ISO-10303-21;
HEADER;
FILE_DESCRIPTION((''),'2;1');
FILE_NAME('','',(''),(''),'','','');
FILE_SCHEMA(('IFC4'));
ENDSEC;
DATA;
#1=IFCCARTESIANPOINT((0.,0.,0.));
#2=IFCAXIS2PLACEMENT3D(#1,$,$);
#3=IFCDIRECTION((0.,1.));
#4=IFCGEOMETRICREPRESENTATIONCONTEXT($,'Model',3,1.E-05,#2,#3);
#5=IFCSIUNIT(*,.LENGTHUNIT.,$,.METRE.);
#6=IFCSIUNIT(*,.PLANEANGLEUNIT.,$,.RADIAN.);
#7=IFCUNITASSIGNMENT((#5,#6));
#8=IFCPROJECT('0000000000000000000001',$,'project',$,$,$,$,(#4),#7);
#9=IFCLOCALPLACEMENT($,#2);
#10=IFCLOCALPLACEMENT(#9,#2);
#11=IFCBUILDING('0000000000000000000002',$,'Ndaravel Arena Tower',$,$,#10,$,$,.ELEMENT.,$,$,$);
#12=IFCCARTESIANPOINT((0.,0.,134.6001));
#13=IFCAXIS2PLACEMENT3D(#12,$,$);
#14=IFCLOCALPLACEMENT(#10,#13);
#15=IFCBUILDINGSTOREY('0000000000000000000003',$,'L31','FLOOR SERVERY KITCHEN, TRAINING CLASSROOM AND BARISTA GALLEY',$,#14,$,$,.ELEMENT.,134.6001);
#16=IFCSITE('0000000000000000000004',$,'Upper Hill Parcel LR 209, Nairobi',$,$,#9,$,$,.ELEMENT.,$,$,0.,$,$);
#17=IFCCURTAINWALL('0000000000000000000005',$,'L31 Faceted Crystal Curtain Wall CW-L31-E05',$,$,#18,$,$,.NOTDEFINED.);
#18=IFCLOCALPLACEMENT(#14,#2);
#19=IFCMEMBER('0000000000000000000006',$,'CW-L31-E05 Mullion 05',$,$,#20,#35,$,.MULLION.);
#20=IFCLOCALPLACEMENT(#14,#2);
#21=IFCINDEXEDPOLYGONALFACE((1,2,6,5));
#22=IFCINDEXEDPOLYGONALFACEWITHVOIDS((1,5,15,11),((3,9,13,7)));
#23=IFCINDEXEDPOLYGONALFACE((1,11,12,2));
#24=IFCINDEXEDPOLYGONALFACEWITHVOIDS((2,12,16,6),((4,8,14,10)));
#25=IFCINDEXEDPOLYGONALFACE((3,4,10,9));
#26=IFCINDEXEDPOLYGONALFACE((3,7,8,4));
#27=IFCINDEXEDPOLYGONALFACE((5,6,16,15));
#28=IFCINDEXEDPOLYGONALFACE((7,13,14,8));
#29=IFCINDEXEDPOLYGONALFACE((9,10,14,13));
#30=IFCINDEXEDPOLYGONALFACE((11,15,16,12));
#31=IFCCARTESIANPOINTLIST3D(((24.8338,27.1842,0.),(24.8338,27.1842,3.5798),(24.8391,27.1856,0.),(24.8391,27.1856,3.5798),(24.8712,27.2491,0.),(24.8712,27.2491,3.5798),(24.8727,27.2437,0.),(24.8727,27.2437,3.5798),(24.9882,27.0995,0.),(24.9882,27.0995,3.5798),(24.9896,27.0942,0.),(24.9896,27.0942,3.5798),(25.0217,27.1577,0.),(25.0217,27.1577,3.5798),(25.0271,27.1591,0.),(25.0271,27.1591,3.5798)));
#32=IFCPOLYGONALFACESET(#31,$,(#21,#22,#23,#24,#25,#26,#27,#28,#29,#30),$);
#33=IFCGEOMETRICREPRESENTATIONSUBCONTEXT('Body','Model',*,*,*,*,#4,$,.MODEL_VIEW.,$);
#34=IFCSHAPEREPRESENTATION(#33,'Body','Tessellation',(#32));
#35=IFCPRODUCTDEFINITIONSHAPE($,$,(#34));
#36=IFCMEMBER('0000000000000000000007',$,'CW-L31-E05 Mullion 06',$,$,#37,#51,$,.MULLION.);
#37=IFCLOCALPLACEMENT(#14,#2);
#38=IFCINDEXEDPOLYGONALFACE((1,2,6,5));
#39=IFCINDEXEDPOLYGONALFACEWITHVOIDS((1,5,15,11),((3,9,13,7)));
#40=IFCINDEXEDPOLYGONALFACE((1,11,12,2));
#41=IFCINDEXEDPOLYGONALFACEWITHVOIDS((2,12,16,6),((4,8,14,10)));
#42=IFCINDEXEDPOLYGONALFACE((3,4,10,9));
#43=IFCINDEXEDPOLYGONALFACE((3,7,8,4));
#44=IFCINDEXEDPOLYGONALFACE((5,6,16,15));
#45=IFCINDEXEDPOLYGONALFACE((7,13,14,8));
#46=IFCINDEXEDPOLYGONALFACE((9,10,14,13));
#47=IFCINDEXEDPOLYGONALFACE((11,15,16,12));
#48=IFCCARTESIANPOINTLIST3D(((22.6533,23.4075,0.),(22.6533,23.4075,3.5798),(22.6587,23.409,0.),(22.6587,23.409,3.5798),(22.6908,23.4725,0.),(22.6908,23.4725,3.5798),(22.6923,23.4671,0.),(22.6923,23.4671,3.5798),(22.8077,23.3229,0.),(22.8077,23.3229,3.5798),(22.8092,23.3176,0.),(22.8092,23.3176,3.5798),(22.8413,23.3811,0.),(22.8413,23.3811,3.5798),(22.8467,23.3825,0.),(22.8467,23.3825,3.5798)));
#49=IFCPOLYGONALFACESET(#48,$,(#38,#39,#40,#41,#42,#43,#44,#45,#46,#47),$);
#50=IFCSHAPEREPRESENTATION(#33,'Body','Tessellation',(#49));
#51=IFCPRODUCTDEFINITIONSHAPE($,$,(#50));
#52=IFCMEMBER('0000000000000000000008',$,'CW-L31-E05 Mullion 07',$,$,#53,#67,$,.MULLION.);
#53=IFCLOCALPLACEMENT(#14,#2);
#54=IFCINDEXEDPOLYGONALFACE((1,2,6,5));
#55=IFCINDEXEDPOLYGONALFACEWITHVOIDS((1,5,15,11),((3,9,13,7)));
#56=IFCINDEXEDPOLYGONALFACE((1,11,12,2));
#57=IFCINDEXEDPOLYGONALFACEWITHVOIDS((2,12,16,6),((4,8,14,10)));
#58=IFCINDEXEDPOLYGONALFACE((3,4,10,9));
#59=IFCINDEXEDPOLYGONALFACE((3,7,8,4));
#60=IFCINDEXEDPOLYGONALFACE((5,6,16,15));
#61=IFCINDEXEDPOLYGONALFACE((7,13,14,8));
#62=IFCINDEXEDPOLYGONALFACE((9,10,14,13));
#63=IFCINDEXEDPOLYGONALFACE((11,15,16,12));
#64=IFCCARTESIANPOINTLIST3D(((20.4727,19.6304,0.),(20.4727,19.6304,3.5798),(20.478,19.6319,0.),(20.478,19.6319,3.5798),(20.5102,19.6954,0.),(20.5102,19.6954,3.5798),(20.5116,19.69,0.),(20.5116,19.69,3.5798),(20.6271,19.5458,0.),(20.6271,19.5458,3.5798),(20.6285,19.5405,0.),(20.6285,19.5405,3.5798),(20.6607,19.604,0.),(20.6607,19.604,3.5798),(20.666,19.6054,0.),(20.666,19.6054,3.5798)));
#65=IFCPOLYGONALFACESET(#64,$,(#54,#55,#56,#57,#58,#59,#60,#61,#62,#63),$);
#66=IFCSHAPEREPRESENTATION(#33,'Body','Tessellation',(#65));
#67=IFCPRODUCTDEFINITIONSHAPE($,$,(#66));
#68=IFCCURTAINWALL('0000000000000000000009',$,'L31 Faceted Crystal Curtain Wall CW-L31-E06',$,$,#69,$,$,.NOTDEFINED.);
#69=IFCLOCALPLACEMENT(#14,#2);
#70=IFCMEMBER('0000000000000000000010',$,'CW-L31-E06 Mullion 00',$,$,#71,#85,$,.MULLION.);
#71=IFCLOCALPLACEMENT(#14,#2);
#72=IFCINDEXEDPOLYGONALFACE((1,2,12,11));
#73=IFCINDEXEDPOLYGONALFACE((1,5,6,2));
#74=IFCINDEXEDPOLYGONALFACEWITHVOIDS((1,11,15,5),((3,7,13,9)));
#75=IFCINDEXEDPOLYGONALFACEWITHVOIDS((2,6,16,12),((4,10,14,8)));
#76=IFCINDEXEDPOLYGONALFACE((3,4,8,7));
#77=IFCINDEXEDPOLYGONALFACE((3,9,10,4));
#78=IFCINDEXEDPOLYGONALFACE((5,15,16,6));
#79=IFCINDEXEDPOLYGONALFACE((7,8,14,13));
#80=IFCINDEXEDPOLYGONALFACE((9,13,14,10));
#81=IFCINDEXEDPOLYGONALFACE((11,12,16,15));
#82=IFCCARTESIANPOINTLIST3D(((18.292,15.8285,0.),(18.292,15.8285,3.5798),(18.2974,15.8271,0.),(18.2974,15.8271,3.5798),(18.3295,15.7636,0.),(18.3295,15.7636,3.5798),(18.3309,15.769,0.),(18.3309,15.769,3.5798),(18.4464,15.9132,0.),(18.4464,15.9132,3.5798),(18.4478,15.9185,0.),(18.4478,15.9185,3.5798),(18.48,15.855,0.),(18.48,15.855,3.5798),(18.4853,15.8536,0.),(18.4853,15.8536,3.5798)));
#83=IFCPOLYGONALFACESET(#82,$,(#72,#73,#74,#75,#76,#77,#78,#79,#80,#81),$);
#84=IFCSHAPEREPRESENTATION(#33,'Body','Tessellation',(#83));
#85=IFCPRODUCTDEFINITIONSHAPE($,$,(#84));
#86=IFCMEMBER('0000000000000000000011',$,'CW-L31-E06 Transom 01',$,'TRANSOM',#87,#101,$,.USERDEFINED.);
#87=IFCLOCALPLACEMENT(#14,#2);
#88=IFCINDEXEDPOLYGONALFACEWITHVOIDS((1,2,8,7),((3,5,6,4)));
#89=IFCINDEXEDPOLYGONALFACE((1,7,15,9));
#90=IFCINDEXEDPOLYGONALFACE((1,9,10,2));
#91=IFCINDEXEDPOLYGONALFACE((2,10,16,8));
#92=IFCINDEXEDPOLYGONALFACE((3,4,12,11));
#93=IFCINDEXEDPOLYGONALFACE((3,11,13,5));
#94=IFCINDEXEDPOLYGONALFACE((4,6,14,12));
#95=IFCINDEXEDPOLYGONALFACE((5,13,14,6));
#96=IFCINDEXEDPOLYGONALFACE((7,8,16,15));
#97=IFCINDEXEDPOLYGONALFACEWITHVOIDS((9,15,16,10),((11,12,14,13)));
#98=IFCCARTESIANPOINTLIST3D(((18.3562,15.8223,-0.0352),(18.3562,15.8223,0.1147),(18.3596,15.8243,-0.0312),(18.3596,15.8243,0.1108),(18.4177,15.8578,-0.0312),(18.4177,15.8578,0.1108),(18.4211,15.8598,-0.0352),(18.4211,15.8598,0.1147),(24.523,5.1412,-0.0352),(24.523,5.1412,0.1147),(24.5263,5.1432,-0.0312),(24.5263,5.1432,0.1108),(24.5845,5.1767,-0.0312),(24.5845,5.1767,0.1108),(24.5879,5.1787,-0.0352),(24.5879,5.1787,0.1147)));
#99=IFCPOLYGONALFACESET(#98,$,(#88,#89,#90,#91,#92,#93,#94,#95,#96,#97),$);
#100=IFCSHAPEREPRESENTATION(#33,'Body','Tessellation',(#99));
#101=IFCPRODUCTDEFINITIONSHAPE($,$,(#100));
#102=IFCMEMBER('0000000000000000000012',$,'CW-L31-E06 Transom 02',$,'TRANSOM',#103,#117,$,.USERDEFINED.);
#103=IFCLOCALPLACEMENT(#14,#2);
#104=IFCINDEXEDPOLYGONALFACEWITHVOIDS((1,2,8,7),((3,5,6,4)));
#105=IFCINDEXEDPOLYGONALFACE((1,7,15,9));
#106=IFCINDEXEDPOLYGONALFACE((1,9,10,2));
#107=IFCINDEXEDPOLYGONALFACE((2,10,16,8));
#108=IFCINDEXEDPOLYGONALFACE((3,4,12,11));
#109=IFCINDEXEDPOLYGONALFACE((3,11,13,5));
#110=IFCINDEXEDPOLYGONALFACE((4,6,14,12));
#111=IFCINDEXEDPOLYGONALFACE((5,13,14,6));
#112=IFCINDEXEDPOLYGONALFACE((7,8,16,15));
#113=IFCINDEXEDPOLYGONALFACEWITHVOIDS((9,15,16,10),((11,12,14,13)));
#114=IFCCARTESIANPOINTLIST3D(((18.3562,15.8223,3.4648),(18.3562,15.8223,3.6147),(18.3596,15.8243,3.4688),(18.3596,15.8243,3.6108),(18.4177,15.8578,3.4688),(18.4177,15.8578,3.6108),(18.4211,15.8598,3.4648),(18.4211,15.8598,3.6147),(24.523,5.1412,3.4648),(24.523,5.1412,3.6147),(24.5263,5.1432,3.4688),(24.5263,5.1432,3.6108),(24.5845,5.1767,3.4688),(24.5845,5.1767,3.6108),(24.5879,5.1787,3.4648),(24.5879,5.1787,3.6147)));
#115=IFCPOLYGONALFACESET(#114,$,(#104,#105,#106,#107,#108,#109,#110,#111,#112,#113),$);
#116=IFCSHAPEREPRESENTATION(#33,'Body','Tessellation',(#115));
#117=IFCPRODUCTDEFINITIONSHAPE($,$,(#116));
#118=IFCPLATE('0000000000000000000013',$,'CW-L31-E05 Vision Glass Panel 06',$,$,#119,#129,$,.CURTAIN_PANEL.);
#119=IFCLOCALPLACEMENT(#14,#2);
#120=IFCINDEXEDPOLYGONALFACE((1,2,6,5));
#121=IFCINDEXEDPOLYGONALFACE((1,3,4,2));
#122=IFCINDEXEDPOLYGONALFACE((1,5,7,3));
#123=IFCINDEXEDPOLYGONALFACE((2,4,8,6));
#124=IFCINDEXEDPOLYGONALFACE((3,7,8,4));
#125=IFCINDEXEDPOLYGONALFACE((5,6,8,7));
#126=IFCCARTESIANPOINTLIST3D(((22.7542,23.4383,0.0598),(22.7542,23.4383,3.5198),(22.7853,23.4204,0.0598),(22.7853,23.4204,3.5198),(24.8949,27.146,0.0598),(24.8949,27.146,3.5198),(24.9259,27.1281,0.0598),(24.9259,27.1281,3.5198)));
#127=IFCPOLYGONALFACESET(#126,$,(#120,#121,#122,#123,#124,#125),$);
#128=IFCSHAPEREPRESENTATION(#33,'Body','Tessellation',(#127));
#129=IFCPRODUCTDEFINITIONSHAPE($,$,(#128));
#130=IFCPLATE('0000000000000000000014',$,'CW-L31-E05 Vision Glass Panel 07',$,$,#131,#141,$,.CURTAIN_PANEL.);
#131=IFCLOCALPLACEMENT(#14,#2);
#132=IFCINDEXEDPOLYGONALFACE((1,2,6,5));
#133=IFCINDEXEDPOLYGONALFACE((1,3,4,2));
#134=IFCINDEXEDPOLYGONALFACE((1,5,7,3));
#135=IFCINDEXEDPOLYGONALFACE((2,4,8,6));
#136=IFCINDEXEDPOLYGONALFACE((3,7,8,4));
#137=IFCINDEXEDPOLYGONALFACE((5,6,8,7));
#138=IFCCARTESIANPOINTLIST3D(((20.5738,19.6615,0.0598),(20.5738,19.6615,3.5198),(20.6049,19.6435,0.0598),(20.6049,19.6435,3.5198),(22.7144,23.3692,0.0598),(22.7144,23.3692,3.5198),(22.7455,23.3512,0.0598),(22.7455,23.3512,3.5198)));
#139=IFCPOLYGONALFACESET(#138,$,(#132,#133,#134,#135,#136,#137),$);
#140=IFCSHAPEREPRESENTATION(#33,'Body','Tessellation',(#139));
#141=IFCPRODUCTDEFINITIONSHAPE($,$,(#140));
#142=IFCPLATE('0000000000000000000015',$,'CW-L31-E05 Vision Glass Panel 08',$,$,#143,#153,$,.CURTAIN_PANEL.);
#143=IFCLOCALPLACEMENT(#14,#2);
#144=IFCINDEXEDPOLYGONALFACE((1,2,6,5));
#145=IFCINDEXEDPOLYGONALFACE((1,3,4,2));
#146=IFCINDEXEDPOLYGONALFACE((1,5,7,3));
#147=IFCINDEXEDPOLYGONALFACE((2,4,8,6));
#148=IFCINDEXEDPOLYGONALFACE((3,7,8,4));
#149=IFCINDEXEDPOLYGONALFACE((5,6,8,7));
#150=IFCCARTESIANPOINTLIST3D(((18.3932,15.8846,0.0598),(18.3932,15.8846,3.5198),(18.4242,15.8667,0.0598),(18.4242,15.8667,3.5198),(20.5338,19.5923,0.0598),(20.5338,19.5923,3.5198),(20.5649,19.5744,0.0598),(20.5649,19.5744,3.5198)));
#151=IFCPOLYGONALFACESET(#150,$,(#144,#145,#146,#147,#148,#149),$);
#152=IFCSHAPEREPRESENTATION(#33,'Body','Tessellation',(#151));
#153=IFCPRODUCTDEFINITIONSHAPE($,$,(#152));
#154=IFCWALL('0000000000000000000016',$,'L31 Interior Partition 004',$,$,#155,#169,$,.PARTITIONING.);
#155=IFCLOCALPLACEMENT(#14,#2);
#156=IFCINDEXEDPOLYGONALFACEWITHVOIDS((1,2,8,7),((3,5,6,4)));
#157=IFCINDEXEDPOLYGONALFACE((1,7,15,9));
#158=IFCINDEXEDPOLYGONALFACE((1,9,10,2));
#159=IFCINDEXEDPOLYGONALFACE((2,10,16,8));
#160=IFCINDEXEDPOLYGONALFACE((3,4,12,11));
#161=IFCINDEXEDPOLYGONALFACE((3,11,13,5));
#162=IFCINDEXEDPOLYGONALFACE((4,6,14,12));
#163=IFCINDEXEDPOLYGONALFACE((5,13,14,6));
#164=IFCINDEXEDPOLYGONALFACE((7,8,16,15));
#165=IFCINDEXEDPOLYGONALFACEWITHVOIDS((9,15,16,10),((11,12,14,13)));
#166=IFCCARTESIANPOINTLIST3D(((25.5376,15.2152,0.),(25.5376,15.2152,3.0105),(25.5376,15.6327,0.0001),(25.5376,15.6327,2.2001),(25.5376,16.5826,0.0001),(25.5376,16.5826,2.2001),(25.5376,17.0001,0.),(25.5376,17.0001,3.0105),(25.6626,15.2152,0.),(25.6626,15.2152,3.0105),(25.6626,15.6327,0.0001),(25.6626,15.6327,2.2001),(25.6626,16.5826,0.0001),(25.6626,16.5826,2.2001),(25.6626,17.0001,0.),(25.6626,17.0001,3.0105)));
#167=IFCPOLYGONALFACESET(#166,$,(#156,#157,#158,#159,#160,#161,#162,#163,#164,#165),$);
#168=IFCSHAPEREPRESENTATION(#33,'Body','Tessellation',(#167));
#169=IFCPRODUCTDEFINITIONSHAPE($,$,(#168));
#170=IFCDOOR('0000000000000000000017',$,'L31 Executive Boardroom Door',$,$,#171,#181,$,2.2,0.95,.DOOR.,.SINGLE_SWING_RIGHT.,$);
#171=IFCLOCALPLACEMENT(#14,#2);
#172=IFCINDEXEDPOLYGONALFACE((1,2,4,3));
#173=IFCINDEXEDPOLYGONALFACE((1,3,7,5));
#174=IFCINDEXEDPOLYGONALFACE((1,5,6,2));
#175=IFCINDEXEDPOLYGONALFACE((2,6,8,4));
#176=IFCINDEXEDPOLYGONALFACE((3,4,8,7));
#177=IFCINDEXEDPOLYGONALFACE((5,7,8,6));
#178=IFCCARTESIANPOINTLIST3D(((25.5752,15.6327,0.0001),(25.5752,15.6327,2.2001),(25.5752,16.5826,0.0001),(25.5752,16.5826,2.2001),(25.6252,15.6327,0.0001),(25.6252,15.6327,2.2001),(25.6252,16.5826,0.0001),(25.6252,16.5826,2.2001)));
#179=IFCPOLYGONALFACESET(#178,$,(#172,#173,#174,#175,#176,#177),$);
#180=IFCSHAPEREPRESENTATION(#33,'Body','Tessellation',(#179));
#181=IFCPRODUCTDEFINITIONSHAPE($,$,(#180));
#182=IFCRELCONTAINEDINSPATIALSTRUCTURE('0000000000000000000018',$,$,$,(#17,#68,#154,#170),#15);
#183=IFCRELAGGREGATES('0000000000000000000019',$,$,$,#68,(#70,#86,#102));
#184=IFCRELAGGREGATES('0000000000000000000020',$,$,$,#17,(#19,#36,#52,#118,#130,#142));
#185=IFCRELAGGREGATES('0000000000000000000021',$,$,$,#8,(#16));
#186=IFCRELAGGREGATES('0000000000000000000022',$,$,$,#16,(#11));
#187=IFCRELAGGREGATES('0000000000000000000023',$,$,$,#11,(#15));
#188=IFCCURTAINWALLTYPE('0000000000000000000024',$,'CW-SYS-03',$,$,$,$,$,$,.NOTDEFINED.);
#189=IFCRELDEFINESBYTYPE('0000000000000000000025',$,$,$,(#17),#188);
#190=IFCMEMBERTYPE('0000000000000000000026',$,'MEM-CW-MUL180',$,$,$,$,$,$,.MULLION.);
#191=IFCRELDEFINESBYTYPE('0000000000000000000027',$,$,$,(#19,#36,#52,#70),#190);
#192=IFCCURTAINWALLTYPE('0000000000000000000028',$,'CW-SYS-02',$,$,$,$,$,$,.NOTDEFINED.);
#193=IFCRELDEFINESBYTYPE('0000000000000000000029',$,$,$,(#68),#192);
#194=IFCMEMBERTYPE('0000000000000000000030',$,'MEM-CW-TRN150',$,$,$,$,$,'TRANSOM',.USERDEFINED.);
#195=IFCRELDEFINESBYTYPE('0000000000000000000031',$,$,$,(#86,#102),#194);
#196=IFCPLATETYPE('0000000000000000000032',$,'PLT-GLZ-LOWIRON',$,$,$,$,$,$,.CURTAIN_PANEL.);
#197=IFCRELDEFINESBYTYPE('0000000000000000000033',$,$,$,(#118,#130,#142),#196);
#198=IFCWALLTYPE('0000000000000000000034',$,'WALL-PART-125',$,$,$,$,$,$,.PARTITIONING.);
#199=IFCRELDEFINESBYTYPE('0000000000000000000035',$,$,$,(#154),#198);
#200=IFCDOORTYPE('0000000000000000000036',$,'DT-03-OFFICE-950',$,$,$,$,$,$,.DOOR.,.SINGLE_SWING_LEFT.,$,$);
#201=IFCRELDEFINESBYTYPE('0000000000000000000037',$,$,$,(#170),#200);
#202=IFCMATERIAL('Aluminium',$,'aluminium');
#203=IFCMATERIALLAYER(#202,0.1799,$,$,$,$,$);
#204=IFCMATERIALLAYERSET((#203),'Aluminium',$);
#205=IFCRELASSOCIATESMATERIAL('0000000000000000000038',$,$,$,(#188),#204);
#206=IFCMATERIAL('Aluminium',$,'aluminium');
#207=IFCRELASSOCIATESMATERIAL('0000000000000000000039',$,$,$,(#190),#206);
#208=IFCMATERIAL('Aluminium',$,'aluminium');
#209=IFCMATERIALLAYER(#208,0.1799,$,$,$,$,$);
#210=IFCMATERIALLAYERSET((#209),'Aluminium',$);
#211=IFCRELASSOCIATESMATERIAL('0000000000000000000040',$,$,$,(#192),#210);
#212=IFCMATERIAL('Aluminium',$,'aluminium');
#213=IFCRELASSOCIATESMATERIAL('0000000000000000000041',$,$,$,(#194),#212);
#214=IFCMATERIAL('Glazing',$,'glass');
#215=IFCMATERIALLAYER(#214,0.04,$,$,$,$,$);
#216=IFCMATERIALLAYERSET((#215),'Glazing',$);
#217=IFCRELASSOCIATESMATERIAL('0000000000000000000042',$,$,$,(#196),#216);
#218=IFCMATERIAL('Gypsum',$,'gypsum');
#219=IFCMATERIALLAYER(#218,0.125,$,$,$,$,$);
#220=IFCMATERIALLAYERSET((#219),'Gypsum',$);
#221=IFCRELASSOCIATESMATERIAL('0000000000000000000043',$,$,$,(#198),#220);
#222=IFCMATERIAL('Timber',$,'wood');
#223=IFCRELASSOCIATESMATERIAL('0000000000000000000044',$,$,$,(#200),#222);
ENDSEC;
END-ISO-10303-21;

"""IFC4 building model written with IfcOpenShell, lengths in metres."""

from ifc_helpers import new_model, si_unit, direction, frame, frame_2d, origin, origin_2d, place, context, subcontext, project, spatial, rectangle, hollow_rectangle, extrude, material, layer, layer_set, material_profile, profile_set, type_object, element, fill, aggregate, save


model = new_model("IFC4")

# Units and contexts
model_context = context("Model", 3, precision=1e-05, world=origin(), true_north=direction((0.0, 1.0)))
body_context = subcontext(model_context, "Body", "Model", "MODEL_VIEW")
ifc_project = project(units=[si_unit("LENGTHUNIT", "METRE"), si_unit("PLANEANGLEUNIT", "RADIAN")], contexts=[model_context])

# Site, building, storey
site_placement = place(None, origin())
site = spatial("IfcSite", under=ifc_project, at=site_placement, Name="Upper Hill Parcel LR 209, Nairobi", CompositionType="ELEMENT", RefElevation=0.0)
building_placement = place(site_placement, origin())
building = spatial("IfcBuilding", under=site, at=building_placement, Name="Ndaravel Arena Tower", CompositionType="ELEMENT")
storey_placement = place(building_placement, frame((0.0, 0.0, 134.6001)))
storey = spatial("IfcBuildingStorey", under=building, at=storey_placement, Name="L31", Description="FLOOR SERVERY KITCHEN, TRAINING CLASSROOM AND BARISTA GALLEY", CompositionType="ELEMENT", Elevation=134.6001)

# Curtain walls, members
ifc_material_1 = material(Name="Aluminium", Category="aluminium")
ifc_layer_1 = layer(ifc_material_1, 0.1799)
ifc_layer_set_1 = layer_set([ifc_layer_1], Name="Aluminium")
curtain_wall_type_1 = type_object("IfcCurtainWallType", Name="CW-SYS-03", PredefinedType="NOTDEFINED", material=ifc_layer_set_1)
curtain_wall_1_placement = place(storey_placement, origin())
curtain_wall_1 = element("IfcCurtainWall", 1, at=curtain_wall_1_placement, inside=storey, type_object=curtain_wall_type_1, Name="L31 Faceted Crystal Curtain Wall CW-L31-E05", PredefinedType="NOTDEFINED")
ifc_material_2 = material(Name="Aluminium", Category="aluminium")
ifc_material_profile_1 = material_profile(ifc_material_2, hollow_rectangle(XDim=0.075, YDim=0.1799, WallThickness=0.0039, at=origin_2d()), Name="CW MULLION 75x180x4")
ifc_profile_set_1 = profile_set([ifc_material_profile_1], Name="Aluminium")
member_type_1 = type_object("IfcMemberType", Name="MEM-CW-MUL180", PredefinedType="MULLION", material=ifc_profile_set_1)
member_1_placement = place(storey_placement, frame((24.9304, 27.1716, 0.0), z_axis=(0.0, 0.0, 1.0), x_axis=(-0.5, -0.866025, 0.0)))
member_1 = element("IfcMember", 2, at=member_1_placement, type_object=member_type_1, Name="CW-L31-E05 Mullion 05", PredefinedType="MULLION", context=body_context, shape_type="SweptSolid", body=[
    extrude(hollow_rectangle(XDim=0.075, YDim=0.1799, WallThickness=0.0039, at=origin_2d()), origin(), (0.0, 0.0, 1.0), 3.5798),
])
member_2_placement = place(storey_placement, frame((22.75, 23.395, 0.0), z_axis=(0.0, 0.0, 1.0), x_axis=(-0.5, -0.866025, 0.0)))
member_2 = element("IfcMember", 3, at=member_2_placement, type_object=member_type_1, Name="CW-L31-E05 Mullion 06", PredefinedType="MULLION", context=body_context, shape_type="SweptSolid", body=[
    extrude(hollow_rectangle(XDim=0.075, YDim=0.1799, WallThickness=0.0039, at=origin_2d()), origin(), (0.0, 0.0, 1.0), 3.5798),
])
member_3_placement = place(storey_placement, frame((20.5693, 19.6179, 0.0), z_axis=(0.0, 0.0, 1.0), x_axis=(-0.5, -0.866025, 0.0)))
member_3 = element("IfcMember", 4, at=member_3_placement, type_object=member_type_1, Name="CW-L31-E05 Mullion 07", PredefinedType="MULLION", context=body_context, shape_type="SweptSolid", body=[
    extrude(hollow_rectangle(XDim=0.075, YDim=0.1799, WallThickness=0.0039, at=origin_2d()), origin(), (0.0, 0.0, 1.0), 3.5798),
])
ifc_material_3 = material(Name="Aluminium", Category="aluminium")
ifc_layer_2 = layer(ifc_material_3, 0.1799)
ifc_layer_set_2 = layer_set([ifc_layer_2], Name="Aluminium")
curtain_wall_type_2 = type_object("IfcCurtainWallType", Name="CW-SYS-02", PredefinedType="NOTDEFINED", material=ifc_layer_set_2)
curtain_wall_2_placement = place(storey_placement, origin())
curtain_wall_2 = element("IfcCurtainWall", 5, at=curtain_wall_2_placement, inside=storey, type_object=curtain_wall_type_2, Name="L31 Faceted Crystal Curtain Wall CW-L31-E06", PredefinedType="NOTDEFINED")
member_4_placement = place(storey_placement, frame((18.3887, 15.8411, 0.0), z_axis=(0.0, 0.0, 1.0), x_axis=(0.5, -0.866025, 0.0)))
member_4 = element("IfcMember", 6, at=member_4_placement, type_object=member_type_1, Name="CW-L31-E06 Mullion 00", PredefinedType="MULLION", context=body_context, shape_type="SweptSolid", body=[
    extrude(hollow_rectangle(XDim=0.075, YDim=0.1799, WallThickness=0.0039, at=origin_2d()), origin(), (0.0, 0.0, 1.0), 3.5798),
])
ifc_material_4 = material(Name="Aluminium", Category="aluminium")
ifc_material_profile_2 = material_profile(ifc_material_4, hollow_rectangle(XDim=0.075, YDim=0.1499, WallThickness=0.0039, at=origin_2d()), Name="CW TRANSOM 75x150x4")
ifc_profile_set_2 = profile_set([ifc_material_profile_2], Name="Aluminium")
member_type_2 = type_object("IfcMemberType", Name="MEM-CW-TRN150", ElementType="TRANSOM", PredefinedType="USERDEFINED", material=ifc_profile_set_2)
member_5_placement = place(storey_placement, frame((18.3887, 15.8411, 0.0398), z_axis=(0.499999, -0.866026, 0.0), x_axis=(0.866026, 0.499999, 0.0)))
member_5 = element("IfcMember", 7, at=member_5_placement, type_object=member_type_2, Name="CW-L31-E06 Transom 01", ObjectType="TRANSOM", PredefinedType="USERDEFINED", context=body_context, shape_type="SweptSolid", body=[
    extrude(hollow_rectangle(XDim=0.075, YDim=0.1499, WallThickness=0.0039, at=origin_2d()), origin(), (0.0, 0.0, 1.0), 12.3335),
])
member_6_placement = place(storey_placement, frame((18.3887, 15.8411, 3.5398), z_axis=(0.499999, -0.866026, 0.0), x_axis=(0.866026, 0.499999, 0.0)))
member_6 = element("IfcMember", 8, at=member_6_placement, type_object=member_type_2, Name="CW-L31-E06 Transom 02", ObjectType="TRANSOM", PredefinedType="USERDEFINED", context=body_context, shape_type="SweptSolid", body=[
    extrude(hollow_rectangle(XDim=0.075, YDim=0.1499, WallThickness=0.0039, at=origin_2d()), origin(), (0.0, 0.0, 1.0), 12.3335),
])
aggregate(curtain_wall_2, [member_4, member_5, member_6])

# Plates
ifc_material_5 = material(Name="Glazing", Category="glass")
ifc_layer_3 = layer(ifc_material_5, 0.04)
ifc_layer_set_3 = layer_set([ifc_layer_3], Name="Glazing")
plate_type = type_object("IfcPlateType", Name="PLT-GLZ-LOWIRON", PredefinedType="CURTAIN_PANEL", material=ifc_layer_set_3)
plate_1_placement = place(storey_placement, frame((23.8401, 25.2832, 0.0598), z_axis=(0.0, 0.0, 1.0), x_axis=(-0.5, -0.866025, 0.0)))
plate_1 = element("IfcPlate", 9, at=plate_1_placement, type_object=plate_type, Name="CW-L31-E05 Vision Glass Panel 06", PredefinedType="CURTAIN_PANEL", context=body_context, shape_type="SweptSolid", body=[
    extrude(rectangle(XDim=4.2812, YDim=0.0359, at=origin_2d()), origin(), (0.0, 0.0, 1.0), 3.46),
])
plate_2_placement = place(storey_placement, frame((21.6597, 21.5063, 0.0598), z_axis=(0.0, 0.0, 1.0), x_axis=(-0.5, -0.866025, 0.0)))
plate_2 = element("IfcPlate", 10, at=plate_2_placement, type_object=plate_type, Name="CW-L31-E05 Vision Glass Panel 07", PredefinedType="CURTAIN_PANEL", context=body_context, shape_type="SweptSolid", body=[
    extrude(rectangle(XDim=4.2812, YDim=0.0359, at=origin_2d()), origin(), (0.0, 0.0, 1.0), 3.46),
])
plate_3_placement = place(storey_placement, frame((19.479, 17.7295, 0.0598), z_axis=(0.0, 0.0, 1.0), x_axis=(-0.5, -0.866025, 0.0)))
plate_3 = element("IfcPlate", 11, at=plate_3_placement, type_object=plate_type, Name="CW-L31-E05 Vision Glass Panel 08", PredefinedType="CURTAIN_PANEL", context=body_context, shape_type="SweptSolid", body=[
    extrude(rectangle(XDim=4.2812, YDim=0.0359, at=origin_2d()), origin(), (0.0, 0.0, 1.0), 3.46),
])
aggregate(curtain_wall_1, [member_1, member_2, member_3, plate_1, plate_2, plate_3])

# Wall, opening, door
ifc_material_6 = material(Name="Gypsum", Category="gypsum")
ifc_layer_4 = layer(ifc_material_6, 0.125)
ifc_layer_set_4 = layer_set([ifc_layer_4], Name="Gypsum")
wall_type_1 = type_object("IfcWallType", Name="WALL-PART-125", PredefinedType="PARTITIONING", material=ifc_layer_set_4)
wall_1_placement = place(storey_placement, frame((25.6001, 15.2151, 0.0), z_axis=(0.0, 0.0, 1.0), x_axis=(0.0, 1.0, 0.0)))
wall_1 = element("IfcWall", 12, at=wall_1_placement, inside=storey, type_object=wall_type_1, Name="L31 Interior Partition 004", PredefinedType="PARTITIONING", context=body_context, shape_type="SweptSolid", body=[
    extrude(rectangle(XDim=1.7849, YDim=0.125, at=frame_2d((0.8926, 0.0))), origin(), (0.0, 0.0, 1.0), 3.0105),
])
opening_1_placement = place(wall_1_placement, frame((0.4175, 0.0, 0.0)))
opening_1 = element("IfcOpeningElement", 13, at=opening_1_placement, cuts=wall_1, PredefinedType="OPENING", context=body_context, shape_type="SweptSolid", body=[
    extrude(rectangle(XDim=0.95, YDim=2.2, at=frame_2d((0.4751, 1.1001))), frame((0.0, 0.0625, 0.0), z_axis=(0.0, -1.0, 0.0), x_axis=(1.0, 0.0, 0.0)), (0.0, 0.0, 1.0), 0.125),
])
ifc_material_7 = material(Name="Timber", Category="wood")
door_type = type_object("IfcDoorType", Name="DT-03-OFFICE-950", OperationType="SINGLE_SWING_LEFT", PredefinedType="DOOR", material=ifc_material_7)
door_1_placement = place(opening_1_placement, origin())
door_1 = element("IfcDoor", 14, at=door_1_placement, inside=storey, type_object=door_type, Name="L31 Executive Boardroom Door", OperationType="SINGLE_SWING_RIGHT", OverallHeight=2.2, OverallWidth=0.95, PredefinedType="DOOR", context=body_context, shape_type="SweptSolid", body=[
    extrude(rectangle(XDim=0.95, YDim=2.2, at=frame_2d((0.4751, 1.1001))), frame((0.0, 0.0249, 0.0), z_axis=(0.0, -1.0, 0.0), x_axis=(1.0, 0.0, 0.0)), (0.0, 0.0, 1.0), 0.05),
])
fill(opening_1, door_1)

save(model, "model.ifc")
